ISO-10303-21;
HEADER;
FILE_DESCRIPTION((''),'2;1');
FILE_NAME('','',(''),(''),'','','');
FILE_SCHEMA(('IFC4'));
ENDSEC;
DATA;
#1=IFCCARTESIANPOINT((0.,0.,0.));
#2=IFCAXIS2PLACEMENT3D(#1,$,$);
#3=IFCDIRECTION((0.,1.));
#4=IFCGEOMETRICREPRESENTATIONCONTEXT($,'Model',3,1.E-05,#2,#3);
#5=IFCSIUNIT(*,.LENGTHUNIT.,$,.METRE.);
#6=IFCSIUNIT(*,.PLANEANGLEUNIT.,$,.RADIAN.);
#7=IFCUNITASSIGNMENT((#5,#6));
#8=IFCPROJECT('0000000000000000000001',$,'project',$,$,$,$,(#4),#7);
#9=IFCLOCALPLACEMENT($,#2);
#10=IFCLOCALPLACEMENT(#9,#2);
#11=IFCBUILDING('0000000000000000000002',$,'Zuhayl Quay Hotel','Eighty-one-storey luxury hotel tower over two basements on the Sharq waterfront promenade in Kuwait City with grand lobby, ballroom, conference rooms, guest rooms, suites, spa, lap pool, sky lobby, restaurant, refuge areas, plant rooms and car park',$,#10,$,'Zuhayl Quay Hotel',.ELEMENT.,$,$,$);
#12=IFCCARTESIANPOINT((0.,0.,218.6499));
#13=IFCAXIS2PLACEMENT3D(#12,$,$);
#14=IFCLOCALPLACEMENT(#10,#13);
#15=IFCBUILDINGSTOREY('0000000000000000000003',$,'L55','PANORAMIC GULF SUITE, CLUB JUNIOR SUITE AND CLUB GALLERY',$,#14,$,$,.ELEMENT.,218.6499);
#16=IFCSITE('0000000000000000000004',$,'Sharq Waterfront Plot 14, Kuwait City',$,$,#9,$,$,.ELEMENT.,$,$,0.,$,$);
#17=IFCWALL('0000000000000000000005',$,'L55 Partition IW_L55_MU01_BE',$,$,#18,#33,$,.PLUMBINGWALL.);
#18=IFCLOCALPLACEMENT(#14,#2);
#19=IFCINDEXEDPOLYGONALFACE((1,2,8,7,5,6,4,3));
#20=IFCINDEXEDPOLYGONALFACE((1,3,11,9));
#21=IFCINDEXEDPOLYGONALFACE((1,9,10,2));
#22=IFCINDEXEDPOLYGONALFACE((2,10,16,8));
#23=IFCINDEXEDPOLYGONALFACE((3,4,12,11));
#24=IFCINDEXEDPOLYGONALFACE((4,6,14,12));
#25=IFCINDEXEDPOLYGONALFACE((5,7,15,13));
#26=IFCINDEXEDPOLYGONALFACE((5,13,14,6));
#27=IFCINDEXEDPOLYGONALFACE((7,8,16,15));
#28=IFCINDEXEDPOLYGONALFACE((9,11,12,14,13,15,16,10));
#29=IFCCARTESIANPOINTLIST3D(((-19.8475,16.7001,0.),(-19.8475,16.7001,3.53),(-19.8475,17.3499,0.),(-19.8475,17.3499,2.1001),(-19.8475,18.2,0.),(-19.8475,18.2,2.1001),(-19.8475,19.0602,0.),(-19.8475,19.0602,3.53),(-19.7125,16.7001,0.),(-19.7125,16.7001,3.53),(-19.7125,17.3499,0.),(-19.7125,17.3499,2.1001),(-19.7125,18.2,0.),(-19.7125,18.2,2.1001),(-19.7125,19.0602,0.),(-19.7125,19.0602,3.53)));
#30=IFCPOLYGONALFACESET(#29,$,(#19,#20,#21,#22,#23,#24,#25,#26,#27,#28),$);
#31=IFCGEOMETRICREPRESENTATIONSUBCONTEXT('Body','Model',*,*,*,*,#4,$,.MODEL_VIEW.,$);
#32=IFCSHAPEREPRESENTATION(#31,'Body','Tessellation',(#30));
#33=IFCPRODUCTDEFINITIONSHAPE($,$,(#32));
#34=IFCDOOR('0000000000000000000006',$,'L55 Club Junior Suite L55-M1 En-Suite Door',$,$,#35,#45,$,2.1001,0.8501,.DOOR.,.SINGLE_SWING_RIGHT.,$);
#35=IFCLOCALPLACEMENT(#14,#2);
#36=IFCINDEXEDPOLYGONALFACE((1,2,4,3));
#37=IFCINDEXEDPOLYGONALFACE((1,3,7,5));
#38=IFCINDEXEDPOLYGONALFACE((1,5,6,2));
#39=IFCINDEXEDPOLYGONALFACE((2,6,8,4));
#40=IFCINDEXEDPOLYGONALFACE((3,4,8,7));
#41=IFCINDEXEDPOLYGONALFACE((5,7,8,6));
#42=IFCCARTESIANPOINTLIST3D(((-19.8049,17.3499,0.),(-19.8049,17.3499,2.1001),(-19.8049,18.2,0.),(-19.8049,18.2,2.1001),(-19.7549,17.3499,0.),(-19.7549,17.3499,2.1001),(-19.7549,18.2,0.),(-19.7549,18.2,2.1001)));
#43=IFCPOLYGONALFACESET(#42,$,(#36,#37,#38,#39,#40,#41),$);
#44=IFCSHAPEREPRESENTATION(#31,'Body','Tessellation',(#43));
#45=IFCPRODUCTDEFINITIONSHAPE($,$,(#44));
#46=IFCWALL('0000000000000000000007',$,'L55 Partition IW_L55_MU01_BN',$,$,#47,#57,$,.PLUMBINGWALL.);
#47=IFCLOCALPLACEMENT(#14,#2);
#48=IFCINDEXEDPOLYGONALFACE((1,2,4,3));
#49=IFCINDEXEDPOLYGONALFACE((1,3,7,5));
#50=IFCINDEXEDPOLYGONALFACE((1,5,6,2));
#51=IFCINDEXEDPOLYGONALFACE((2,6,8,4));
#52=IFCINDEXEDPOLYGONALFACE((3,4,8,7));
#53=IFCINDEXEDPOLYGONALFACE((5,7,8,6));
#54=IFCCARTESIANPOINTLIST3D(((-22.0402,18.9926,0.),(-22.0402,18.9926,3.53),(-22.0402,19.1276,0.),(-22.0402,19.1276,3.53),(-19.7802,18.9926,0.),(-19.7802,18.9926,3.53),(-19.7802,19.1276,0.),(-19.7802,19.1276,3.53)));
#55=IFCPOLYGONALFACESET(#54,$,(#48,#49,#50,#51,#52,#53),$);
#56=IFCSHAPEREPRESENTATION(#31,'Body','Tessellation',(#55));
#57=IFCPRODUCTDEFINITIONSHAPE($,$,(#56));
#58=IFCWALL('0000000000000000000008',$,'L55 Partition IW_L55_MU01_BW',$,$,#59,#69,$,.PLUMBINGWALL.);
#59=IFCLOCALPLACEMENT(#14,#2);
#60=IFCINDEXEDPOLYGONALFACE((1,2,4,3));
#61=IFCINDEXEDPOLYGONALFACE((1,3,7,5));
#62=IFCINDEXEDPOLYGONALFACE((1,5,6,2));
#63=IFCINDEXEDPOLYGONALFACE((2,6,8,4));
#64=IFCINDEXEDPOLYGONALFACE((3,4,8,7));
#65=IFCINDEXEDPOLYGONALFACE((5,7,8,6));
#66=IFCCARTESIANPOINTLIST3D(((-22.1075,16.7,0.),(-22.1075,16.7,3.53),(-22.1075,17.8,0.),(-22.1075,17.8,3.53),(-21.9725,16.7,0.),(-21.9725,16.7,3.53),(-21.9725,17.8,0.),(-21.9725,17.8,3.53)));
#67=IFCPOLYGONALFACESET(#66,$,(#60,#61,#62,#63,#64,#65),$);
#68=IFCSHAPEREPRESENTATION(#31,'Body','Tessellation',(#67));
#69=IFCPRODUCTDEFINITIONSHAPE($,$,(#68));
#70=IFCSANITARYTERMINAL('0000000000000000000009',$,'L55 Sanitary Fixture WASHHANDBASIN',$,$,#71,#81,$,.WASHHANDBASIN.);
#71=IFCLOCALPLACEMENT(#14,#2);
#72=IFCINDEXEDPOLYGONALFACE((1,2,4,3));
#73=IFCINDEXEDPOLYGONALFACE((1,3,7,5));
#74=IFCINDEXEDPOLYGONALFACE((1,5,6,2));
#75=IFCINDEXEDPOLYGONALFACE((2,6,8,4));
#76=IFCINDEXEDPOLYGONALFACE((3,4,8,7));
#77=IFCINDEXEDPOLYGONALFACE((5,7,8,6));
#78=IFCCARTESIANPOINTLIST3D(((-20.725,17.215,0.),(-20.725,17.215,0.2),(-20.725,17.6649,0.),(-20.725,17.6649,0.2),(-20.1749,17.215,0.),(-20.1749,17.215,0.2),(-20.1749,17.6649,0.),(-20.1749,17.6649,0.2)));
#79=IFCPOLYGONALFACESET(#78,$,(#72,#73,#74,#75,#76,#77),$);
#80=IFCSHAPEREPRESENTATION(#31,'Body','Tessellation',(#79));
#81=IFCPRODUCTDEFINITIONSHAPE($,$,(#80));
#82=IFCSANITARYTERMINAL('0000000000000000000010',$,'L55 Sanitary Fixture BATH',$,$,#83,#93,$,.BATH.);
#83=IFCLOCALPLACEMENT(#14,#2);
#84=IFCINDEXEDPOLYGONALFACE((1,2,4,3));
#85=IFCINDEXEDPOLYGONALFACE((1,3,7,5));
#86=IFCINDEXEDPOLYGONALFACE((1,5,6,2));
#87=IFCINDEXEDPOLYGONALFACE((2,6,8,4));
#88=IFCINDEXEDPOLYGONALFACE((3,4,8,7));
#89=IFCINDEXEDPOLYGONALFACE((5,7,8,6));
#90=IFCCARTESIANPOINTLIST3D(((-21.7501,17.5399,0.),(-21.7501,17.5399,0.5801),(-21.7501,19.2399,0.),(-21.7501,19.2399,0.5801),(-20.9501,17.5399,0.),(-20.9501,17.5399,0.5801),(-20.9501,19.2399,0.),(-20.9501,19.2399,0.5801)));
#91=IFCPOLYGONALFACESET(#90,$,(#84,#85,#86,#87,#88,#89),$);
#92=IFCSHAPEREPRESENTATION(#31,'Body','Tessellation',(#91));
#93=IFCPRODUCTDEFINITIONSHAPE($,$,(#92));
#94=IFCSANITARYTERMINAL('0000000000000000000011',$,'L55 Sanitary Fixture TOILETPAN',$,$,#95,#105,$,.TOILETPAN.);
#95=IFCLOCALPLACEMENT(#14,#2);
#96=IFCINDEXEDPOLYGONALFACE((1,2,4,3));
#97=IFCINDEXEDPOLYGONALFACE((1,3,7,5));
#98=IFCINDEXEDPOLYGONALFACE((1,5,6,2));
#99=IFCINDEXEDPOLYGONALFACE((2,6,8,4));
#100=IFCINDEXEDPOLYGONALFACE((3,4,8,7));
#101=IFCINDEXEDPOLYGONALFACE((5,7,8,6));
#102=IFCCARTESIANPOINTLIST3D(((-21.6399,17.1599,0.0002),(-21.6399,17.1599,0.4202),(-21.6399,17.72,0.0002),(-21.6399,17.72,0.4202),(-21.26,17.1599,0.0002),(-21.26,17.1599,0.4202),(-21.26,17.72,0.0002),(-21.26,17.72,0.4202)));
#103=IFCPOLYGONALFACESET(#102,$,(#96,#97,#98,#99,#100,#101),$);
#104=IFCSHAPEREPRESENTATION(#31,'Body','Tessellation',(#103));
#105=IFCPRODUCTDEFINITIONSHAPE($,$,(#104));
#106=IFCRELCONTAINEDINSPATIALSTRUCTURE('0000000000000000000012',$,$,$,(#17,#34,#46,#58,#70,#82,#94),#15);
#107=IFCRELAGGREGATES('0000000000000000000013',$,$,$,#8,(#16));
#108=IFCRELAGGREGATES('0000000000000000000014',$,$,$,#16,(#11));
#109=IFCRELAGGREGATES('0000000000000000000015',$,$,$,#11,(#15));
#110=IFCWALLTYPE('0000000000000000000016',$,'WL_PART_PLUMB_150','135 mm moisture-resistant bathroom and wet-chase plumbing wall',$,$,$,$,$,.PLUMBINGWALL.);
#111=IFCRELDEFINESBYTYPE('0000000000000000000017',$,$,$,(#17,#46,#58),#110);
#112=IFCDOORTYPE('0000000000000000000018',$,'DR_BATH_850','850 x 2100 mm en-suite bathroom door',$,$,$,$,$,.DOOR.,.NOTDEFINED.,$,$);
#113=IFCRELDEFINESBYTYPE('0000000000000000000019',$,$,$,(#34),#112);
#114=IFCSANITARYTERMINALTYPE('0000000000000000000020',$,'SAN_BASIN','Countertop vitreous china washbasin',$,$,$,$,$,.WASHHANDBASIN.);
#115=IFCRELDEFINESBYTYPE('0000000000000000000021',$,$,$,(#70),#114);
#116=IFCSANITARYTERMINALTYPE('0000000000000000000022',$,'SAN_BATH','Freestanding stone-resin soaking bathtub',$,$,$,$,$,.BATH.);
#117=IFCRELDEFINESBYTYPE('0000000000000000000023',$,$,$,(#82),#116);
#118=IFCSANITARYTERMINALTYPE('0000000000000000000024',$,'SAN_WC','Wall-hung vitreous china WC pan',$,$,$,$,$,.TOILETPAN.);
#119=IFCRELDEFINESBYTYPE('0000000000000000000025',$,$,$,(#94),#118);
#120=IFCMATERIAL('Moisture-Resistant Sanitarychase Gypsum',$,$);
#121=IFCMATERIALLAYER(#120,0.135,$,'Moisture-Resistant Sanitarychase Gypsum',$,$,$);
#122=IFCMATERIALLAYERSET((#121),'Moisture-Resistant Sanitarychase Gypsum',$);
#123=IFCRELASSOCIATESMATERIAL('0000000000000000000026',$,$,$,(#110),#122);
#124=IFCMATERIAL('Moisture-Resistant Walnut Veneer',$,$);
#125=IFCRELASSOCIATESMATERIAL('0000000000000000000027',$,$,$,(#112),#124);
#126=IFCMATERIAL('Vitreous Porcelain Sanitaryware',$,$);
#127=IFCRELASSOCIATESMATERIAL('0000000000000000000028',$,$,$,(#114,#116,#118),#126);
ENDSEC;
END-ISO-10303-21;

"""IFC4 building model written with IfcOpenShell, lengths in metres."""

from ifc_helpers import new_model, si_unit, direction, frame, frame_2d, origin, origin_2d, place, context, subcontext, project, spatial, rectangle, extrude, material, layer, layer_set, type_object, element, fill, save


model = new_model("IFC4")

# Units and contexts
model_context = context("Model", 3, precision=1e-05, world=origin(), true_north=direction((0.0, 1.0)))
body_context = subcontext(model_context, "Body", "Model", "MODEL_VIEW")
ifc_project = project(units=[si_unit("LENGTHUNIT", "METRE"), si_unit("PLANEANGLEUNIT", "RADIAN")], contexts=[model_context])

# Site, building, storey
site_placement = place(None, origin())
site = spatial("IfcSite", under=ifc_project, at=site_placement, Name="Sharq Waterfront Plot 14, Kuwait City", CompositionType="ELEMENT", RefElevation=0.0)
building_placement = place(site_placement, origin())
building = spatial("IfcBuilding", under=site, at=building_placement, Name="Zuhayl Quay Hotel", Description="Eighty-one-storey luxury hotel tower over two basements on the Sharq waterfront promenade in Kuwait City with grand lobby, ballroom, conference rooms, guest rooms, suites, spa, lap pool, sky lobby, restaurant, refuge areas, plant rooms and car park", LongName="Zuhayl Quay Hotel", CompositionType="ELEMENT")
storey_placement = place(building_placement, frame((0.0, 0.0, 218.6499)))
storey = spatial("IfcBuildingStorey", under=building, at=storey_placement, Name="L55", Description="PANORAMIC GULF SUITE, CLUB JUNIOR SUITE AND CLUB GALLERY", CompositionType="ELEMENT", Elevation=218.6499)

# Wall, opening, door
ifc_material_1 = material(Name="Moisture-Resistant Sanitarychase Gypsum")
ifc_layer_1 = layer(ifc_material_1, 0.135, Name="Moisture-Resistant Sanitarychase Gypsum")
ifc_layer_set_1 = layer_set([ifc_layer_1], Name="Moisture-Resistant Sanitarychase Gypsum")
wall_type_1 = type_object("IfcWallType", Name="WL_PART_PLUMB_150", Description="135 mm moisture-resistant bathroom and wet-chase plumbing wall", PredefinedType="PLUMBINGWALL", material=ifc_layer_set_1)
wall_1_placement = place(storey_placement, frame((-19.78, 16.7, 0.0), z_axis=(0.0, 0.0, 1.0), x_axis=(0.0, 1.0, 0.0)))
wall_1 = element("IfcWall", 1, at=wall_1_placement, inside=storey, type_object=wall_type_1, Name="L55 Partition IW_L55_MU01_BE", PredefinedType="PLUMBINGWALL", context=body_context, shape_type="SweptSolid", body=[
    extrude(rectangle(XDim=2.3601, YDim=0.135, at=frame_2d((1.1802, 0.0))), origin(), (0.0, 0.0, 1.0), 3.53),
])
opening_1_placement = place(wall_1_placement, frame((0.6499, 0.0, 0.0)))
opening_1 = element("IfcOpeningElement", 2, at=opening_1_placement, cuts=wall_1, PredefinedType="OPENING", context=body_context, shape_type="SweptSolid", body=[
    extrude(rectangle(XDim=0.8501, YDim=2.1001, at=frame_2d((0.425, 1.05))), frame((0.0, 0.0774, 0.0), z_axis=(0.0, -1.0, 0.0), x_axis=(1.0, 0.0, 0.0)), (0.0, 0.0, 1.0), 0.155),
])
ifc_material_2 = material(Name="Moisture-Resistant Walnut Veneer")
door_type_1 = type_object("IfcDoorType", Name="DR_BATH_850", Description="850 x 2100 mm en-suite bathroom door", OperationType="NOTDEFINED", PredefinedType="DOOR", material=ifc_material_2)
door_1_placement = place(opening_1_placement, origin())
door_1 = element("IfcDoor", 3, at=door_1_placement, inside=storey, type_object=door_type_1, Name="L55 Club Junior Suite L55-M1 En-Suite Door", OperationType="SINGLE_SWING_RIGHT", OverallHeight=2.1001, OverallWidth=0.8501, PredefinedType="DOOR", context=body_context, shape_type="SweptSolid", body=[
    extrude(rectangle(XDim=0.8501, YDim=2.1001, at=frame_2d((0.425, 1.05))), frame((0.0, 0.0249, 0.0), z_axis=(0.0, -1.0, 0.0), x_axis=(1.0, 0.0, 0.0)), (0.0, 0.0, 1.0), 0.05),
])
fill(opening_1, door_1)

# Walls
wall_2_placement = place(storey_placement, frame((-22.04, 19.0601, 0.0), z_axis=(0.0, 0.0, 1.0), x_axis=(1.0, 0.0, 0.0)))
element("IfcWall", 4, at=wall_2_placement, inside=storey, type_object=wall_type_1, Name="L55 Partition IW_L55_MU01_BN", PredefinedType="PLUMBINGWALL", context=body_context, shape_type="SweptSolid", body=[
    extrude(rectangle(XDim=2.26, YDim=0.135, at=frame_2d((1.1299, 0.0))), origin(), (0.0, 0.0, 1.0), 3.53),
])
wall_3_placement = place(storey_placement, frame((-22.04, 16.7, 0.0), z_axis=(0.0, 0.0, 1.0), x_axis=(0.0, 1.0, 0.0)))
element("IfcWall", 5, at=wall_3_placement, inside=storey, type_object=wall_type_1, Name="L55 Partition IW_L55_MU01_BW", PredefinedType="PLUMBINGWALL", context=body_context, shape_type="SweptSolid", body=[
    extrude(rectangle(XDim=1.1001, YDim=0.135, at=frame_2d((0.55, 0.0))), origin(), (0.0, 0.0, 1.0), 3.53),
])

# Sanitary terminals
ifc_material_3 = material(Name="Vitreous Porcelain Sanitaryware")
sanitary_terminal_type_1 = type_object("IfcSanitaryTerminalType", Name="SAN_BASIN", Description="Countertop vitreous china washbasin", PredefinedType="WASHHANDBASIN", material=ifc_material_3)
sanitary_terminal_1_placement = place(storey_placement, frame((-20.45, 17.4399, 0.0), z_axis=(0.0, 0.0, 1.0), x_axis=(1.0, 0.0, 0.0)))
element("IfcSanitaryTerminal", 6, at=sanitary_terminal_1_placement, inside=storey, type_object=sanitary_terminal_type_1, Name="L55 Sanitary Fixture WASHHANDBASIN", PredefinedType="WASHHANDBASIN", context=body_context, shape_type="SweptSolid", body=[
    extrude(rectangle(XDim=0.55, YDim=0.45, at=origin_2d()), origin(), (0.0, 0.0, 1.0), 0.2),
])
sanitary_terminal_type_2 = type_object("IfcSanitaryTerminalType", Name="SAN_BATH", Description="Freestanding stone-resin soaking bathtub", PredefinedType="BATH", material=ifc_material_3)
sanitary_terminal_2_placement = place(storey_placement, frame((-21.3501, 18.3899, 0.0), z_axis=(0.0, 0.0, 1.0), x_axis=(1.0, 0.0, 0.0)))
element("IfcSanitaryTerminal", 7, at=sanitary_terminal_2_placement, inside=storey, type_object=sanitary_terminal_type_2, Name="L55 Sanitary Fixture BATH", PredefinedType="BATH", context=body_context, shape_type="SweptSolid", body=[
    extrude(rectangle(XDim=0.8, YDim=1.7, at=origin_2d()), origin(), (0.0, 0.0, 1.0), 0.5801),
])
sanitary_terminal_type_3 = type_object("IfcSanitaryTerminalType", Name="SAN_WC", Description="Wall-hung vitreous china WC pan", PredefinedType="TOILETPAN", material=ifc_material_3)
sanitary_terminal_3_placement = place(storey_placement, frame((-21.45, 17.4399, 0.0002), z_axis=(0.0, 0.0, 1.0), x_axis=(1.0, 0.0, 0.0)))
element("IfcSanitaryTerminal", 8, at=sanitary_terminal_3_placement, inside=storey, type_object=sanitary_terminal_type_3, Name="L55 Sanitary Fixture TOILETPAN", PredefinedType="TOILETPAN", context=body_context, shape_type="SweptSolid", body=[
    extrude(rectangle(XDim=0.3799, YDim=0.5601, at=origin_2d()), origin(), (0.0, 0.0, 1.0), 0.4199),
])

save(model, "model.ifc")
